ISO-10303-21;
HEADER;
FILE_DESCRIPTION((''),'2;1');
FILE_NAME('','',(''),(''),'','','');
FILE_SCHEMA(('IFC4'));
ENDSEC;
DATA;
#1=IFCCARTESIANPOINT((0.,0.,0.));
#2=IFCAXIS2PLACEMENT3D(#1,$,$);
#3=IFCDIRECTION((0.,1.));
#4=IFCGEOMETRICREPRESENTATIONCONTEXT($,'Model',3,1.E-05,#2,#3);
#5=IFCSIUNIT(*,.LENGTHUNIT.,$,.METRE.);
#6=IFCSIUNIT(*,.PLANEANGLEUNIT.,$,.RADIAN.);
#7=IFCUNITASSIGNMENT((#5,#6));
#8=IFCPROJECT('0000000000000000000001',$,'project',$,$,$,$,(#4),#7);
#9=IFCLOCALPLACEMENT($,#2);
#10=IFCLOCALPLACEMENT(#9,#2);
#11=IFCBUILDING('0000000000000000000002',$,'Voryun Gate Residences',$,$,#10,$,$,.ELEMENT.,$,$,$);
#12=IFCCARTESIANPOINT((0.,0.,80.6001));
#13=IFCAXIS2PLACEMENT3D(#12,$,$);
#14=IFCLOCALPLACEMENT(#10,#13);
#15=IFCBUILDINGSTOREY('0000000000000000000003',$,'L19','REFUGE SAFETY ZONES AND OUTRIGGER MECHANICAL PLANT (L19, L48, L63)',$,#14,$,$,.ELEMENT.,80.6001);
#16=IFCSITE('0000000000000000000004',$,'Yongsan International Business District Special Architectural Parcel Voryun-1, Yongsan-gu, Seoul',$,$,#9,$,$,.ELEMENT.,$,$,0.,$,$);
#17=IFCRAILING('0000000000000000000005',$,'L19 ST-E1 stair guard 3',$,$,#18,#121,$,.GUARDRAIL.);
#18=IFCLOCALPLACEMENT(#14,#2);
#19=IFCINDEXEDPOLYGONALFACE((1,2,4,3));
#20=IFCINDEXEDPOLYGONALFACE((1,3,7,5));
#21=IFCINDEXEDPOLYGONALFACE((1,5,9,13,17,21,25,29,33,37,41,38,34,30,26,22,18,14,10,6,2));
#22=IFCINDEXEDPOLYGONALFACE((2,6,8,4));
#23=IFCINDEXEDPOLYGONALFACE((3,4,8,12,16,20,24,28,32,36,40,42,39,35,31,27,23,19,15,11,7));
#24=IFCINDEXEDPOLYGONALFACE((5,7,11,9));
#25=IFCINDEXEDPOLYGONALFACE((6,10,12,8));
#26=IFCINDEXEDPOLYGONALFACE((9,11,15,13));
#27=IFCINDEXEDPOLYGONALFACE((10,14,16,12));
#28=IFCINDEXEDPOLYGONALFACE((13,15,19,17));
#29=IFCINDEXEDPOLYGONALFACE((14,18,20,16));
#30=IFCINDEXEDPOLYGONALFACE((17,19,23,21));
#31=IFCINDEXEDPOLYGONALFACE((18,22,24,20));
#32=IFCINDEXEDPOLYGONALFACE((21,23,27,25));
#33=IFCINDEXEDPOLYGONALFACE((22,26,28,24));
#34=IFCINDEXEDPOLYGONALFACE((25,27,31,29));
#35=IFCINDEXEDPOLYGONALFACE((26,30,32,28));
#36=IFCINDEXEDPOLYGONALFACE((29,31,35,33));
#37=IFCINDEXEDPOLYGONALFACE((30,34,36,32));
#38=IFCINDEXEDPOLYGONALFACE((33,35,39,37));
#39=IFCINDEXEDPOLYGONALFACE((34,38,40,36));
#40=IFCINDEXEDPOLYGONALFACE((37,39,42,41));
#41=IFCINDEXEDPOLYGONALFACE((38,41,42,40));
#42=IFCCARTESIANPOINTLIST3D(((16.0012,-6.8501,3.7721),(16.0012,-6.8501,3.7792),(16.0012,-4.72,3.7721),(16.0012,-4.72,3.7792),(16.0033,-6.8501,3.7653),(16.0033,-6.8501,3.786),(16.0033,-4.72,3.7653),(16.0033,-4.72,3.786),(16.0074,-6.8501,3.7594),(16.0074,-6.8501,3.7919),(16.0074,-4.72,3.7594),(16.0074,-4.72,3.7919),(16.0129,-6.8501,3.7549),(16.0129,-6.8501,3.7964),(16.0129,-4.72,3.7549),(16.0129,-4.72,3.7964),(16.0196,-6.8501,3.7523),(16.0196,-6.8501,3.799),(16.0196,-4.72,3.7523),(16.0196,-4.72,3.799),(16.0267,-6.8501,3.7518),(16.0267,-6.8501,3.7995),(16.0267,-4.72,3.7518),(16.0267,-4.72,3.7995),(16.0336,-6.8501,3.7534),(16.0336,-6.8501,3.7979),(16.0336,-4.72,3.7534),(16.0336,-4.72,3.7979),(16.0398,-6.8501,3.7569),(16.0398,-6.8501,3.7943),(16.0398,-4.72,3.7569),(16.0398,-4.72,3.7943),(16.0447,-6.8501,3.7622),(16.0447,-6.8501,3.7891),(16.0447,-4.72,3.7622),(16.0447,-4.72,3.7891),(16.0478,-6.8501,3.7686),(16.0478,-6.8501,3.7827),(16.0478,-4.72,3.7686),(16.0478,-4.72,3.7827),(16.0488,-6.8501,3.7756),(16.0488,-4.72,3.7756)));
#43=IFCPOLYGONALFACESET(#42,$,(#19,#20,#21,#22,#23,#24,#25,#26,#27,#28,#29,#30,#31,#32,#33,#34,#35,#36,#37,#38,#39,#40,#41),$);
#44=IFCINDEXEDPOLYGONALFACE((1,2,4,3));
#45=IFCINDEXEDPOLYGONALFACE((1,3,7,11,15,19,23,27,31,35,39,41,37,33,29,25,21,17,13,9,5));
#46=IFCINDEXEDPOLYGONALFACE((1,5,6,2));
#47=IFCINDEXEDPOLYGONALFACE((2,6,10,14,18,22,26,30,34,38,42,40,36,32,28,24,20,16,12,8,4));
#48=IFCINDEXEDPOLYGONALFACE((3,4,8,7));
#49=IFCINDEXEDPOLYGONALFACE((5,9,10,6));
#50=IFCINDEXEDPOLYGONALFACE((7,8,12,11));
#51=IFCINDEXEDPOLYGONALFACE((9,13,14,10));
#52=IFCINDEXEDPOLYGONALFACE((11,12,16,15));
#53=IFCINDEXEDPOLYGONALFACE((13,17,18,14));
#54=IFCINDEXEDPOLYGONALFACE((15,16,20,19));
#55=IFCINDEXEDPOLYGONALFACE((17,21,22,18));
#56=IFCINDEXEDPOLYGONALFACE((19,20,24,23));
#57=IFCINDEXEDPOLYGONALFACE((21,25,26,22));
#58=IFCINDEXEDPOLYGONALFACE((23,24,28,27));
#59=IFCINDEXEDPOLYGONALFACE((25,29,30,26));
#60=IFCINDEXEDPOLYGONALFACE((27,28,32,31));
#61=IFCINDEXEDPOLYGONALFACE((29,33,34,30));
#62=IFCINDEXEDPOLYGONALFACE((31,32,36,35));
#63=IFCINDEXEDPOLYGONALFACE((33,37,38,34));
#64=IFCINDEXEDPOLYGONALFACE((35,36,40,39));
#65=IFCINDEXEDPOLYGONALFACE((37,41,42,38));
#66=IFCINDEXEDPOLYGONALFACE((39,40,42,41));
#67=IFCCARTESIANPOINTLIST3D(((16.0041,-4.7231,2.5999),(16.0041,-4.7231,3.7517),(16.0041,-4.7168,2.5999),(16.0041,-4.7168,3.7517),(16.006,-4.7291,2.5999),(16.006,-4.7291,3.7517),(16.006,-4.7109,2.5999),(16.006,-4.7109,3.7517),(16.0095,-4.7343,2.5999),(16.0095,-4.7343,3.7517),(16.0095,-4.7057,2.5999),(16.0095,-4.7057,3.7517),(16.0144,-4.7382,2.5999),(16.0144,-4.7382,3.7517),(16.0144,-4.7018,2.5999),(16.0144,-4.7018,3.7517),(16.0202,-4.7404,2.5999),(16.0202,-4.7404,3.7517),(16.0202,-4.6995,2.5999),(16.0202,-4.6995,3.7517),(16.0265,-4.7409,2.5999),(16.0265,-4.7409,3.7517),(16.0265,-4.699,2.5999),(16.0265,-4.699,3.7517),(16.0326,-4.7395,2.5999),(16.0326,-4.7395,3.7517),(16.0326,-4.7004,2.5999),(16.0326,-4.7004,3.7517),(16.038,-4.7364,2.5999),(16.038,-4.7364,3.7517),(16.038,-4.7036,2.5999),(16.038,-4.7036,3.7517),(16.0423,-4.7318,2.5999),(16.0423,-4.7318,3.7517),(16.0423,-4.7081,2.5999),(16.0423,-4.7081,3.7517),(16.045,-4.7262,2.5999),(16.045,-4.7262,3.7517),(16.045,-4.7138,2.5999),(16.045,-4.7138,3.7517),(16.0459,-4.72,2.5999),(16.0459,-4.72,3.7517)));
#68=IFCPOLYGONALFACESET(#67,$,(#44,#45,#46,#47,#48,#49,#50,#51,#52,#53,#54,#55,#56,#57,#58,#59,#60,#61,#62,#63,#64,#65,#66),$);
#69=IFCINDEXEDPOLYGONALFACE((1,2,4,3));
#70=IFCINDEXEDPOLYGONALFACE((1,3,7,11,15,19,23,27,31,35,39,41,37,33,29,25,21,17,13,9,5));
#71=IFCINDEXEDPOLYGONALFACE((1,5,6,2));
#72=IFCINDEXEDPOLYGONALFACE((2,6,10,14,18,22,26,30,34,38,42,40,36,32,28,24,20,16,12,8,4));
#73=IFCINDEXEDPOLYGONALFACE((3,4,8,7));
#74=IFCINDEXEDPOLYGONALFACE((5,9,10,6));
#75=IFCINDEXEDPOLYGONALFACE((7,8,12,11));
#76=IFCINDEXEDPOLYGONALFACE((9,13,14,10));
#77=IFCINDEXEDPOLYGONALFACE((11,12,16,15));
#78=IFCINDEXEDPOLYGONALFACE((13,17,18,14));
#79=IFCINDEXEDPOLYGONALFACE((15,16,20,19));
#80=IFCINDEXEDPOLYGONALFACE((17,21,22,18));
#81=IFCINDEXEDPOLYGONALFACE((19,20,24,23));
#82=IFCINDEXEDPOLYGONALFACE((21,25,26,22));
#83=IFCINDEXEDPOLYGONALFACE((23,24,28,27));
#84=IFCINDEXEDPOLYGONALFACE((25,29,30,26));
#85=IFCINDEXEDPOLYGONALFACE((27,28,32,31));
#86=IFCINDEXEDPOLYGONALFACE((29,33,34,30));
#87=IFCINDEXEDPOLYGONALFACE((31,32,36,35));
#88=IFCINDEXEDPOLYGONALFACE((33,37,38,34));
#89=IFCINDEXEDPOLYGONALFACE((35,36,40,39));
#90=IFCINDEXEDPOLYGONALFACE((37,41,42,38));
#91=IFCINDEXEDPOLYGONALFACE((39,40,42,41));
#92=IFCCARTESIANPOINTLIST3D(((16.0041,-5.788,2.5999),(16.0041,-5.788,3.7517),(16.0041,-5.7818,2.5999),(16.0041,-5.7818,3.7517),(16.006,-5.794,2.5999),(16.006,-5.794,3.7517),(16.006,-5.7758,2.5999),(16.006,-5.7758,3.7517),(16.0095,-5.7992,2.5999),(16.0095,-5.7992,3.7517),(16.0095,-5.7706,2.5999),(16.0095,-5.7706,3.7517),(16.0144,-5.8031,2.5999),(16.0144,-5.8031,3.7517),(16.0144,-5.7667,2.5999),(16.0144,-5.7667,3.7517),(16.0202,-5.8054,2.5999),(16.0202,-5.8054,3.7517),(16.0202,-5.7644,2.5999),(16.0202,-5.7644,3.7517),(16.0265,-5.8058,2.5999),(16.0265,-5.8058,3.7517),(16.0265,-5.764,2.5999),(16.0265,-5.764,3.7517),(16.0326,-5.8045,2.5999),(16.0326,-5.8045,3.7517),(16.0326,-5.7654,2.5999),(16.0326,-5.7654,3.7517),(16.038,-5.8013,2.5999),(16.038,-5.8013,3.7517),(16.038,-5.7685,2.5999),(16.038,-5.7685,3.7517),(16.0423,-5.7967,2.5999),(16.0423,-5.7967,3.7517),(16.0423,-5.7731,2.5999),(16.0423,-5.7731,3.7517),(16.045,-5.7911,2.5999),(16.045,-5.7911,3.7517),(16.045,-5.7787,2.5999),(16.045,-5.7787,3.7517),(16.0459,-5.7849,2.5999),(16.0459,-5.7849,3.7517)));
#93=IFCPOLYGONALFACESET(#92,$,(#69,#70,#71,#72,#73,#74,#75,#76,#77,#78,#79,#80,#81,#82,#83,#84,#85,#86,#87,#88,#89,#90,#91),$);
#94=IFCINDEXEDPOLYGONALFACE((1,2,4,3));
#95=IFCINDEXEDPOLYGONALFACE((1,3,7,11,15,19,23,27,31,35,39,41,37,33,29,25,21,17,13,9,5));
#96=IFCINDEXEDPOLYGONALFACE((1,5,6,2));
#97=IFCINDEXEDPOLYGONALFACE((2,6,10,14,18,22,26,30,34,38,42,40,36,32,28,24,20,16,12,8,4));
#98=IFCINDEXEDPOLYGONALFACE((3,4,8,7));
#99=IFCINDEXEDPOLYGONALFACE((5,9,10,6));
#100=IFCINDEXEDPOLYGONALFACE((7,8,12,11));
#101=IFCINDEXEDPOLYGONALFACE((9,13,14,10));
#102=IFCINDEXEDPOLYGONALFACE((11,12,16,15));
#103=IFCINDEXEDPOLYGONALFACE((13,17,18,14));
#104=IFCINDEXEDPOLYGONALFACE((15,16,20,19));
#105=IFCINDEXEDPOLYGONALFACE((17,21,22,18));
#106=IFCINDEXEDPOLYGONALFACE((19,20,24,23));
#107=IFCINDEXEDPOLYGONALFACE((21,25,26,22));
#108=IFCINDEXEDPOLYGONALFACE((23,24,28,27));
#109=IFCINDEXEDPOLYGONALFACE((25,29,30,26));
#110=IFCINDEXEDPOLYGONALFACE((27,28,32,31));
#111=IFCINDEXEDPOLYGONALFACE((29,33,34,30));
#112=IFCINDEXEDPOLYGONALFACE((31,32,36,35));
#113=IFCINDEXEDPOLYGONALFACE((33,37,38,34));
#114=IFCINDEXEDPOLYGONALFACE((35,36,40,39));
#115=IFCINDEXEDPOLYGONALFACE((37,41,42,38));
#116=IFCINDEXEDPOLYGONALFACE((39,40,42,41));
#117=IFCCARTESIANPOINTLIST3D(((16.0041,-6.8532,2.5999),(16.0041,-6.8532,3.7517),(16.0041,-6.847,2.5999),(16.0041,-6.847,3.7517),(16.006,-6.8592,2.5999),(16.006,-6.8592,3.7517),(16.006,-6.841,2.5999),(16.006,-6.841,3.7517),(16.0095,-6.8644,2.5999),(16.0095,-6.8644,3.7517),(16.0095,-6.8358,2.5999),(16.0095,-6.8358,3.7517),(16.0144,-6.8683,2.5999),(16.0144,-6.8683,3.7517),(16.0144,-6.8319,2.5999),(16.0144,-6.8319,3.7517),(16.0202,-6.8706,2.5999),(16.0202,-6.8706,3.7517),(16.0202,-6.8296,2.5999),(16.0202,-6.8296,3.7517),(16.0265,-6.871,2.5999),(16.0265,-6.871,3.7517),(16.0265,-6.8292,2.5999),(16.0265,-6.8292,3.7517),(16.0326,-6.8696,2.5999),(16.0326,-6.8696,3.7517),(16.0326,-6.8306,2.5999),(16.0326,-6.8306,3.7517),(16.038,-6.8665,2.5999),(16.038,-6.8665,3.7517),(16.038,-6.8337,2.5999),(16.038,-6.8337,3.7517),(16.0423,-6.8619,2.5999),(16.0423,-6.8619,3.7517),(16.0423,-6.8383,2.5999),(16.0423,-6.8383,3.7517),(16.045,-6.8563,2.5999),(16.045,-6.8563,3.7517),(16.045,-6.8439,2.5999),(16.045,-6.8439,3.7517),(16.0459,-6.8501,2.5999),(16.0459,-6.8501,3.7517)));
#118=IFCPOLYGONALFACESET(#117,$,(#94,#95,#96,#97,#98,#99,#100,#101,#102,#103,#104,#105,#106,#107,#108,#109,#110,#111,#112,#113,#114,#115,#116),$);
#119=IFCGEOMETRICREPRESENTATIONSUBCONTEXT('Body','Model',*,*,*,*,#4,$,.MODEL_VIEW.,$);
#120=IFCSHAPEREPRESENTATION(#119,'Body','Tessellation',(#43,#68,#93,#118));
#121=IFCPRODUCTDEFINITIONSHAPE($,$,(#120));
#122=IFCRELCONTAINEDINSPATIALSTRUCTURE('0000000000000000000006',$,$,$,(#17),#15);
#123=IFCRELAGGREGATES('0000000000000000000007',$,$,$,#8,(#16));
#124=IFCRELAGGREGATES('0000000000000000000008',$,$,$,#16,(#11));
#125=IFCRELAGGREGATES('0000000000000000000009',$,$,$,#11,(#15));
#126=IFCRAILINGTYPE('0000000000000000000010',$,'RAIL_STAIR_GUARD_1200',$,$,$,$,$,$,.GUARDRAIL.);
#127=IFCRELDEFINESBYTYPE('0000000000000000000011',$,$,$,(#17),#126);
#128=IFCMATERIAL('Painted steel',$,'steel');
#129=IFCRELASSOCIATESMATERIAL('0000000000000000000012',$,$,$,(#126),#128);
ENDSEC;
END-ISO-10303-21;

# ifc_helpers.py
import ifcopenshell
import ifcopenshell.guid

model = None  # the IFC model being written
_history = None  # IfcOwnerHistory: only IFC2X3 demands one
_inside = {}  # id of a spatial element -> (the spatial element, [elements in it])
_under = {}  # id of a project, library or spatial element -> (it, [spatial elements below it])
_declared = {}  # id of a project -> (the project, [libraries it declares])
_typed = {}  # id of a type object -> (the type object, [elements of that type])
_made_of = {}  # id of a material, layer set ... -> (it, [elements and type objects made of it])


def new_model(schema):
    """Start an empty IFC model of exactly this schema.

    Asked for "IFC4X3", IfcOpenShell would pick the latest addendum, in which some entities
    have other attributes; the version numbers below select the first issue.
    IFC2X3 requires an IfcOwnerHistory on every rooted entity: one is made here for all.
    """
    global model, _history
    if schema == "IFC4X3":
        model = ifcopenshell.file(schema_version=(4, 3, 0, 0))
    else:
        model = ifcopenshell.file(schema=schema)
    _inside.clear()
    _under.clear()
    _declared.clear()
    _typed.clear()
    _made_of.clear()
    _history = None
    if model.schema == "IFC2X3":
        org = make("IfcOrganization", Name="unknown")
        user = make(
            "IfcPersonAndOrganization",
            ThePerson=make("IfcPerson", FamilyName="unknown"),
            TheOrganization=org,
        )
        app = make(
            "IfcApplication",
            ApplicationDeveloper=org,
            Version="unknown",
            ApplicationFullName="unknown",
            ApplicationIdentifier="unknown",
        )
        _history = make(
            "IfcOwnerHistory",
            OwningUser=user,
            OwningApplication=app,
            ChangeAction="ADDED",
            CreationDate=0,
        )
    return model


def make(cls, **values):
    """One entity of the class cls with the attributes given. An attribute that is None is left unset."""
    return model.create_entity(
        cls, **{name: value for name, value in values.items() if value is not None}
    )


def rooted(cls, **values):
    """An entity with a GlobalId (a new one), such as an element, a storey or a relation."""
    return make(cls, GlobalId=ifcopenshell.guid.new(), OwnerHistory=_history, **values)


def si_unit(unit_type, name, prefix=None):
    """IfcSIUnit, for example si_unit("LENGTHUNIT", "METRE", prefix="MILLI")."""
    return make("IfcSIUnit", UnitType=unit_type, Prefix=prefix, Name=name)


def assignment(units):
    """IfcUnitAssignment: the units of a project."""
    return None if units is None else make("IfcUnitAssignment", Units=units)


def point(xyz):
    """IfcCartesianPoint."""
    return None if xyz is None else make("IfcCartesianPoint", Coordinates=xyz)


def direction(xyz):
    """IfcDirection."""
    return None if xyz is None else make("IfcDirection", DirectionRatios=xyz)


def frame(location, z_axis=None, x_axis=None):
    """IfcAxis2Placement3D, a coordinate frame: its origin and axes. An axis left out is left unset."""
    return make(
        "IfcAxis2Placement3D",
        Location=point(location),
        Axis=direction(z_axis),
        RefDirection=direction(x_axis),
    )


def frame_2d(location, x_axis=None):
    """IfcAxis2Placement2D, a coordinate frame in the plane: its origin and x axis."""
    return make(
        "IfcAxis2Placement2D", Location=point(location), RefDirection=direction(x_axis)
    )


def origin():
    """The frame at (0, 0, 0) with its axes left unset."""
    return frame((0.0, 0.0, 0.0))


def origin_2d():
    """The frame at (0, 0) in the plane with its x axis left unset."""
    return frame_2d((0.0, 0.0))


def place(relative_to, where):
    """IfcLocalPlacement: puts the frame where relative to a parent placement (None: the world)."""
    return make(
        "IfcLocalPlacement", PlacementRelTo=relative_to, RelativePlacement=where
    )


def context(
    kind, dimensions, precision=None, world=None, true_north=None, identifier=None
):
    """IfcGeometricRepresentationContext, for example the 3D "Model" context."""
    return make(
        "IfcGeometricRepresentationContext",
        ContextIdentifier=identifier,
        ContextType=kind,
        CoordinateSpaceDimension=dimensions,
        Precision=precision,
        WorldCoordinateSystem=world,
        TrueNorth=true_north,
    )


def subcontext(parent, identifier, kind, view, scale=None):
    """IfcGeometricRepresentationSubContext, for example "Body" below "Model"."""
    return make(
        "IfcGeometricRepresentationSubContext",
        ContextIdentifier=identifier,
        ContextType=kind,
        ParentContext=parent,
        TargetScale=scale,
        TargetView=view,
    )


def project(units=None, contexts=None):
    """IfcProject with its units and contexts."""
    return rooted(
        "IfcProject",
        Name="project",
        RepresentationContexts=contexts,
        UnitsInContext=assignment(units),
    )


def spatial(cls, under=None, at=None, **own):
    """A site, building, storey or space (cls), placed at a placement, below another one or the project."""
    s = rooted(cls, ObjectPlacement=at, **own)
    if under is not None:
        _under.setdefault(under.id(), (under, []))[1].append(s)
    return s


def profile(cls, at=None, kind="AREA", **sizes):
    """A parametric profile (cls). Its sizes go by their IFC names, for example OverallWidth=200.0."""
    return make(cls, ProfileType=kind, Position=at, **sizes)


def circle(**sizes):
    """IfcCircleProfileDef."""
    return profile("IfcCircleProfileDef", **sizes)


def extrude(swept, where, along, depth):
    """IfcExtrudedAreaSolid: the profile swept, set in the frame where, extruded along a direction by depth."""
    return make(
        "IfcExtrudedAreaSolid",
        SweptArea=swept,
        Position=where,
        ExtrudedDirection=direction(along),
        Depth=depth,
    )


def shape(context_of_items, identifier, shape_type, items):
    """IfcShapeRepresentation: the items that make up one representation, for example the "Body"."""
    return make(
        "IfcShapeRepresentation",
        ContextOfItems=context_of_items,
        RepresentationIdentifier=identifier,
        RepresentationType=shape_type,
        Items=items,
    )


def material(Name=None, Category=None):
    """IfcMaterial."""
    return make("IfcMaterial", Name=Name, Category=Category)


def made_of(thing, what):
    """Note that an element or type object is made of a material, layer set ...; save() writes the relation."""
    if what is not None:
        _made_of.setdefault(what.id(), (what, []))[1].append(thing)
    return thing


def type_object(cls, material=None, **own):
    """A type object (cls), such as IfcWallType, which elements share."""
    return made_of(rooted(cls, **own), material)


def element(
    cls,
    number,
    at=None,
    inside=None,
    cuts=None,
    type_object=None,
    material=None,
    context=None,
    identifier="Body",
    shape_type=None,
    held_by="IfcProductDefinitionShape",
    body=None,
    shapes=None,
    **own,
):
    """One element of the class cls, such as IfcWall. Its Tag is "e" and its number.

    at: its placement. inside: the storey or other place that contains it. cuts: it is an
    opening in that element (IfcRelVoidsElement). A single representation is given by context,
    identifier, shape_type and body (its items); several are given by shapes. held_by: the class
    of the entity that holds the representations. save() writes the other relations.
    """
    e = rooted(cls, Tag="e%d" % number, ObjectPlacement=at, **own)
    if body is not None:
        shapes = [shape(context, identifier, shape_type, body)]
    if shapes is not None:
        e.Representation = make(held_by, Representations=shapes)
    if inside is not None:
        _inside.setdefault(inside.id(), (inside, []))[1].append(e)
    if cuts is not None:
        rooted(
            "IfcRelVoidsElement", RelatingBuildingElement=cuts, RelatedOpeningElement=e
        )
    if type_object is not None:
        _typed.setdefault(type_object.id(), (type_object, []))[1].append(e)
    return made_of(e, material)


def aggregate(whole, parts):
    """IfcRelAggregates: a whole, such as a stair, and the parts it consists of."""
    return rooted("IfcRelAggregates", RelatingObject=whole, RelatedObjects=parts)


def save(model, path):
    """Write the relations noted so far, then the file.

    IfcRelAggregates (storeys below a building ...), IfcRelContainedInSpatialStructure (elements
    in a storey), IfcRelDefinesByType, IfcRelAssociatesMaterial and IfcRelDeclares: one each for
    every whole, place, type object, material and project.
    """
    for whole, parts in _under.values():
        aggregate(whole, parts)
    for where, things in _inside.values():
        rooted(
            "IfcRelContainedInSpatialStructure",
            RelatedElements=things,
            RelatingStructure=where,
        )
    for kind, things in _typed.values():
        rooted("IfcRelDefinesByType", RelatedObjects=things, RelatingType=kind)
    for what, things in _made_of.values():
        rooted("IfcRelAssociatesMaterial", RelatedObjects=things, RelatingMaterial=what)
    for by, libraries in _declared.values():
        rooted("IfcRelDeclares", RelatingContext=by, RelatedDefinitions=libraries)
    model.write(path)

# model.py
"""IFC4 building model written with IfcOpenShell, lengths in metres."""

from ifc_helpers import new_model, si_unit, direction, frame, origin, origin_2d, place, context, subcontext, project, spatial, circle, extrude, material, type_object, element, save


model = new_model("IFC4")

# Units and contexts
model_context = context("Model", 3, precision=1e-05, world=origin(), true_north=direction((0.0, 1.0)))
body_context = subcontext(model_context, "Body", "Model", "MODEL_VIEW")
ifc_project = project(units=[si_unit("LENGTHUNIT", "METRE"), si_unit("PLANEANGLEUNIT", "RADIAN")], contexts=[model_context])

# Site, building, storey
site_placement = place(None, origin())
site = spatial("IfcSite", under=ifc_project, at=site_placement, Name="Yongsan International Business District Special Architectural Parcel Voryun-1, Yongsan-gu, Seoul", CompositionType="ELEMENT", RefElevation=0.0)
building_placement = place(site_placement, origin())
building = spatial("IfcBuilding", under=site, at=building_placement, Name="Voryun Gate Residences", CompositionType="ELEMENT")
storey_placement = place(building_placement, frame((0.0, 0.0, 80.6001)))
storey = spatial("IfcBuildingStorey", under=building, at=storey_placement, Name="L19", Description="REFUGE SAFETY ZONES AND OUTRIGGER MECHANICAL PLANT (L19, L48, L63)", CompositionType="ELEMENT", Elevation=80.6001)

# Railing
ifc_material_1 = material(Name="Painted steel", Category="steel")
railing_type = type_object("IfcRailingType", Name="RAIL_STAIR_GUARD_1200", PredefinedType="GUARDRAIL", material=ifc_material_1)
railing_1_placement = place(storey_placement, frame((16.0249, -4.72, 2.5999)))
element("IfcRailing", 1, at=railing_1_placement, inside=storey, type_object=railing_type, Name="L19 ST-E1 stair guard 3", PredefinedType="GUARDRAIL", context=body_context, shape_type="SweptSolid", body=[
    extrude(circle(Radius=0.0239, at=origin_2d()), frame((0.0, 0.0, 1.1758), z_axis=(0.0, -1.0, 0.0), x_axis=(1.0, 0.0, 0.0)), (0.0, 0.0, 1.0), 2.1301),
    extrude(circle(Radius=0.021, at=origin_2d()), origin(), (0.0, 0.0, 1.0), 1.1519),
    extrude(circle(Radius=0.021, at=origin_2d()), frame((0.0, -1.0649, 0.0)), (0.0, 0.0, 1.0), 1.1519),
    extrude(circle(Radius=0.021, at=origin_2d()), frame((0.0, -2.1301, 0.0)), (0.0, 0.0, 1.0), 1.1519),
])

save(model, "model.ifc")
